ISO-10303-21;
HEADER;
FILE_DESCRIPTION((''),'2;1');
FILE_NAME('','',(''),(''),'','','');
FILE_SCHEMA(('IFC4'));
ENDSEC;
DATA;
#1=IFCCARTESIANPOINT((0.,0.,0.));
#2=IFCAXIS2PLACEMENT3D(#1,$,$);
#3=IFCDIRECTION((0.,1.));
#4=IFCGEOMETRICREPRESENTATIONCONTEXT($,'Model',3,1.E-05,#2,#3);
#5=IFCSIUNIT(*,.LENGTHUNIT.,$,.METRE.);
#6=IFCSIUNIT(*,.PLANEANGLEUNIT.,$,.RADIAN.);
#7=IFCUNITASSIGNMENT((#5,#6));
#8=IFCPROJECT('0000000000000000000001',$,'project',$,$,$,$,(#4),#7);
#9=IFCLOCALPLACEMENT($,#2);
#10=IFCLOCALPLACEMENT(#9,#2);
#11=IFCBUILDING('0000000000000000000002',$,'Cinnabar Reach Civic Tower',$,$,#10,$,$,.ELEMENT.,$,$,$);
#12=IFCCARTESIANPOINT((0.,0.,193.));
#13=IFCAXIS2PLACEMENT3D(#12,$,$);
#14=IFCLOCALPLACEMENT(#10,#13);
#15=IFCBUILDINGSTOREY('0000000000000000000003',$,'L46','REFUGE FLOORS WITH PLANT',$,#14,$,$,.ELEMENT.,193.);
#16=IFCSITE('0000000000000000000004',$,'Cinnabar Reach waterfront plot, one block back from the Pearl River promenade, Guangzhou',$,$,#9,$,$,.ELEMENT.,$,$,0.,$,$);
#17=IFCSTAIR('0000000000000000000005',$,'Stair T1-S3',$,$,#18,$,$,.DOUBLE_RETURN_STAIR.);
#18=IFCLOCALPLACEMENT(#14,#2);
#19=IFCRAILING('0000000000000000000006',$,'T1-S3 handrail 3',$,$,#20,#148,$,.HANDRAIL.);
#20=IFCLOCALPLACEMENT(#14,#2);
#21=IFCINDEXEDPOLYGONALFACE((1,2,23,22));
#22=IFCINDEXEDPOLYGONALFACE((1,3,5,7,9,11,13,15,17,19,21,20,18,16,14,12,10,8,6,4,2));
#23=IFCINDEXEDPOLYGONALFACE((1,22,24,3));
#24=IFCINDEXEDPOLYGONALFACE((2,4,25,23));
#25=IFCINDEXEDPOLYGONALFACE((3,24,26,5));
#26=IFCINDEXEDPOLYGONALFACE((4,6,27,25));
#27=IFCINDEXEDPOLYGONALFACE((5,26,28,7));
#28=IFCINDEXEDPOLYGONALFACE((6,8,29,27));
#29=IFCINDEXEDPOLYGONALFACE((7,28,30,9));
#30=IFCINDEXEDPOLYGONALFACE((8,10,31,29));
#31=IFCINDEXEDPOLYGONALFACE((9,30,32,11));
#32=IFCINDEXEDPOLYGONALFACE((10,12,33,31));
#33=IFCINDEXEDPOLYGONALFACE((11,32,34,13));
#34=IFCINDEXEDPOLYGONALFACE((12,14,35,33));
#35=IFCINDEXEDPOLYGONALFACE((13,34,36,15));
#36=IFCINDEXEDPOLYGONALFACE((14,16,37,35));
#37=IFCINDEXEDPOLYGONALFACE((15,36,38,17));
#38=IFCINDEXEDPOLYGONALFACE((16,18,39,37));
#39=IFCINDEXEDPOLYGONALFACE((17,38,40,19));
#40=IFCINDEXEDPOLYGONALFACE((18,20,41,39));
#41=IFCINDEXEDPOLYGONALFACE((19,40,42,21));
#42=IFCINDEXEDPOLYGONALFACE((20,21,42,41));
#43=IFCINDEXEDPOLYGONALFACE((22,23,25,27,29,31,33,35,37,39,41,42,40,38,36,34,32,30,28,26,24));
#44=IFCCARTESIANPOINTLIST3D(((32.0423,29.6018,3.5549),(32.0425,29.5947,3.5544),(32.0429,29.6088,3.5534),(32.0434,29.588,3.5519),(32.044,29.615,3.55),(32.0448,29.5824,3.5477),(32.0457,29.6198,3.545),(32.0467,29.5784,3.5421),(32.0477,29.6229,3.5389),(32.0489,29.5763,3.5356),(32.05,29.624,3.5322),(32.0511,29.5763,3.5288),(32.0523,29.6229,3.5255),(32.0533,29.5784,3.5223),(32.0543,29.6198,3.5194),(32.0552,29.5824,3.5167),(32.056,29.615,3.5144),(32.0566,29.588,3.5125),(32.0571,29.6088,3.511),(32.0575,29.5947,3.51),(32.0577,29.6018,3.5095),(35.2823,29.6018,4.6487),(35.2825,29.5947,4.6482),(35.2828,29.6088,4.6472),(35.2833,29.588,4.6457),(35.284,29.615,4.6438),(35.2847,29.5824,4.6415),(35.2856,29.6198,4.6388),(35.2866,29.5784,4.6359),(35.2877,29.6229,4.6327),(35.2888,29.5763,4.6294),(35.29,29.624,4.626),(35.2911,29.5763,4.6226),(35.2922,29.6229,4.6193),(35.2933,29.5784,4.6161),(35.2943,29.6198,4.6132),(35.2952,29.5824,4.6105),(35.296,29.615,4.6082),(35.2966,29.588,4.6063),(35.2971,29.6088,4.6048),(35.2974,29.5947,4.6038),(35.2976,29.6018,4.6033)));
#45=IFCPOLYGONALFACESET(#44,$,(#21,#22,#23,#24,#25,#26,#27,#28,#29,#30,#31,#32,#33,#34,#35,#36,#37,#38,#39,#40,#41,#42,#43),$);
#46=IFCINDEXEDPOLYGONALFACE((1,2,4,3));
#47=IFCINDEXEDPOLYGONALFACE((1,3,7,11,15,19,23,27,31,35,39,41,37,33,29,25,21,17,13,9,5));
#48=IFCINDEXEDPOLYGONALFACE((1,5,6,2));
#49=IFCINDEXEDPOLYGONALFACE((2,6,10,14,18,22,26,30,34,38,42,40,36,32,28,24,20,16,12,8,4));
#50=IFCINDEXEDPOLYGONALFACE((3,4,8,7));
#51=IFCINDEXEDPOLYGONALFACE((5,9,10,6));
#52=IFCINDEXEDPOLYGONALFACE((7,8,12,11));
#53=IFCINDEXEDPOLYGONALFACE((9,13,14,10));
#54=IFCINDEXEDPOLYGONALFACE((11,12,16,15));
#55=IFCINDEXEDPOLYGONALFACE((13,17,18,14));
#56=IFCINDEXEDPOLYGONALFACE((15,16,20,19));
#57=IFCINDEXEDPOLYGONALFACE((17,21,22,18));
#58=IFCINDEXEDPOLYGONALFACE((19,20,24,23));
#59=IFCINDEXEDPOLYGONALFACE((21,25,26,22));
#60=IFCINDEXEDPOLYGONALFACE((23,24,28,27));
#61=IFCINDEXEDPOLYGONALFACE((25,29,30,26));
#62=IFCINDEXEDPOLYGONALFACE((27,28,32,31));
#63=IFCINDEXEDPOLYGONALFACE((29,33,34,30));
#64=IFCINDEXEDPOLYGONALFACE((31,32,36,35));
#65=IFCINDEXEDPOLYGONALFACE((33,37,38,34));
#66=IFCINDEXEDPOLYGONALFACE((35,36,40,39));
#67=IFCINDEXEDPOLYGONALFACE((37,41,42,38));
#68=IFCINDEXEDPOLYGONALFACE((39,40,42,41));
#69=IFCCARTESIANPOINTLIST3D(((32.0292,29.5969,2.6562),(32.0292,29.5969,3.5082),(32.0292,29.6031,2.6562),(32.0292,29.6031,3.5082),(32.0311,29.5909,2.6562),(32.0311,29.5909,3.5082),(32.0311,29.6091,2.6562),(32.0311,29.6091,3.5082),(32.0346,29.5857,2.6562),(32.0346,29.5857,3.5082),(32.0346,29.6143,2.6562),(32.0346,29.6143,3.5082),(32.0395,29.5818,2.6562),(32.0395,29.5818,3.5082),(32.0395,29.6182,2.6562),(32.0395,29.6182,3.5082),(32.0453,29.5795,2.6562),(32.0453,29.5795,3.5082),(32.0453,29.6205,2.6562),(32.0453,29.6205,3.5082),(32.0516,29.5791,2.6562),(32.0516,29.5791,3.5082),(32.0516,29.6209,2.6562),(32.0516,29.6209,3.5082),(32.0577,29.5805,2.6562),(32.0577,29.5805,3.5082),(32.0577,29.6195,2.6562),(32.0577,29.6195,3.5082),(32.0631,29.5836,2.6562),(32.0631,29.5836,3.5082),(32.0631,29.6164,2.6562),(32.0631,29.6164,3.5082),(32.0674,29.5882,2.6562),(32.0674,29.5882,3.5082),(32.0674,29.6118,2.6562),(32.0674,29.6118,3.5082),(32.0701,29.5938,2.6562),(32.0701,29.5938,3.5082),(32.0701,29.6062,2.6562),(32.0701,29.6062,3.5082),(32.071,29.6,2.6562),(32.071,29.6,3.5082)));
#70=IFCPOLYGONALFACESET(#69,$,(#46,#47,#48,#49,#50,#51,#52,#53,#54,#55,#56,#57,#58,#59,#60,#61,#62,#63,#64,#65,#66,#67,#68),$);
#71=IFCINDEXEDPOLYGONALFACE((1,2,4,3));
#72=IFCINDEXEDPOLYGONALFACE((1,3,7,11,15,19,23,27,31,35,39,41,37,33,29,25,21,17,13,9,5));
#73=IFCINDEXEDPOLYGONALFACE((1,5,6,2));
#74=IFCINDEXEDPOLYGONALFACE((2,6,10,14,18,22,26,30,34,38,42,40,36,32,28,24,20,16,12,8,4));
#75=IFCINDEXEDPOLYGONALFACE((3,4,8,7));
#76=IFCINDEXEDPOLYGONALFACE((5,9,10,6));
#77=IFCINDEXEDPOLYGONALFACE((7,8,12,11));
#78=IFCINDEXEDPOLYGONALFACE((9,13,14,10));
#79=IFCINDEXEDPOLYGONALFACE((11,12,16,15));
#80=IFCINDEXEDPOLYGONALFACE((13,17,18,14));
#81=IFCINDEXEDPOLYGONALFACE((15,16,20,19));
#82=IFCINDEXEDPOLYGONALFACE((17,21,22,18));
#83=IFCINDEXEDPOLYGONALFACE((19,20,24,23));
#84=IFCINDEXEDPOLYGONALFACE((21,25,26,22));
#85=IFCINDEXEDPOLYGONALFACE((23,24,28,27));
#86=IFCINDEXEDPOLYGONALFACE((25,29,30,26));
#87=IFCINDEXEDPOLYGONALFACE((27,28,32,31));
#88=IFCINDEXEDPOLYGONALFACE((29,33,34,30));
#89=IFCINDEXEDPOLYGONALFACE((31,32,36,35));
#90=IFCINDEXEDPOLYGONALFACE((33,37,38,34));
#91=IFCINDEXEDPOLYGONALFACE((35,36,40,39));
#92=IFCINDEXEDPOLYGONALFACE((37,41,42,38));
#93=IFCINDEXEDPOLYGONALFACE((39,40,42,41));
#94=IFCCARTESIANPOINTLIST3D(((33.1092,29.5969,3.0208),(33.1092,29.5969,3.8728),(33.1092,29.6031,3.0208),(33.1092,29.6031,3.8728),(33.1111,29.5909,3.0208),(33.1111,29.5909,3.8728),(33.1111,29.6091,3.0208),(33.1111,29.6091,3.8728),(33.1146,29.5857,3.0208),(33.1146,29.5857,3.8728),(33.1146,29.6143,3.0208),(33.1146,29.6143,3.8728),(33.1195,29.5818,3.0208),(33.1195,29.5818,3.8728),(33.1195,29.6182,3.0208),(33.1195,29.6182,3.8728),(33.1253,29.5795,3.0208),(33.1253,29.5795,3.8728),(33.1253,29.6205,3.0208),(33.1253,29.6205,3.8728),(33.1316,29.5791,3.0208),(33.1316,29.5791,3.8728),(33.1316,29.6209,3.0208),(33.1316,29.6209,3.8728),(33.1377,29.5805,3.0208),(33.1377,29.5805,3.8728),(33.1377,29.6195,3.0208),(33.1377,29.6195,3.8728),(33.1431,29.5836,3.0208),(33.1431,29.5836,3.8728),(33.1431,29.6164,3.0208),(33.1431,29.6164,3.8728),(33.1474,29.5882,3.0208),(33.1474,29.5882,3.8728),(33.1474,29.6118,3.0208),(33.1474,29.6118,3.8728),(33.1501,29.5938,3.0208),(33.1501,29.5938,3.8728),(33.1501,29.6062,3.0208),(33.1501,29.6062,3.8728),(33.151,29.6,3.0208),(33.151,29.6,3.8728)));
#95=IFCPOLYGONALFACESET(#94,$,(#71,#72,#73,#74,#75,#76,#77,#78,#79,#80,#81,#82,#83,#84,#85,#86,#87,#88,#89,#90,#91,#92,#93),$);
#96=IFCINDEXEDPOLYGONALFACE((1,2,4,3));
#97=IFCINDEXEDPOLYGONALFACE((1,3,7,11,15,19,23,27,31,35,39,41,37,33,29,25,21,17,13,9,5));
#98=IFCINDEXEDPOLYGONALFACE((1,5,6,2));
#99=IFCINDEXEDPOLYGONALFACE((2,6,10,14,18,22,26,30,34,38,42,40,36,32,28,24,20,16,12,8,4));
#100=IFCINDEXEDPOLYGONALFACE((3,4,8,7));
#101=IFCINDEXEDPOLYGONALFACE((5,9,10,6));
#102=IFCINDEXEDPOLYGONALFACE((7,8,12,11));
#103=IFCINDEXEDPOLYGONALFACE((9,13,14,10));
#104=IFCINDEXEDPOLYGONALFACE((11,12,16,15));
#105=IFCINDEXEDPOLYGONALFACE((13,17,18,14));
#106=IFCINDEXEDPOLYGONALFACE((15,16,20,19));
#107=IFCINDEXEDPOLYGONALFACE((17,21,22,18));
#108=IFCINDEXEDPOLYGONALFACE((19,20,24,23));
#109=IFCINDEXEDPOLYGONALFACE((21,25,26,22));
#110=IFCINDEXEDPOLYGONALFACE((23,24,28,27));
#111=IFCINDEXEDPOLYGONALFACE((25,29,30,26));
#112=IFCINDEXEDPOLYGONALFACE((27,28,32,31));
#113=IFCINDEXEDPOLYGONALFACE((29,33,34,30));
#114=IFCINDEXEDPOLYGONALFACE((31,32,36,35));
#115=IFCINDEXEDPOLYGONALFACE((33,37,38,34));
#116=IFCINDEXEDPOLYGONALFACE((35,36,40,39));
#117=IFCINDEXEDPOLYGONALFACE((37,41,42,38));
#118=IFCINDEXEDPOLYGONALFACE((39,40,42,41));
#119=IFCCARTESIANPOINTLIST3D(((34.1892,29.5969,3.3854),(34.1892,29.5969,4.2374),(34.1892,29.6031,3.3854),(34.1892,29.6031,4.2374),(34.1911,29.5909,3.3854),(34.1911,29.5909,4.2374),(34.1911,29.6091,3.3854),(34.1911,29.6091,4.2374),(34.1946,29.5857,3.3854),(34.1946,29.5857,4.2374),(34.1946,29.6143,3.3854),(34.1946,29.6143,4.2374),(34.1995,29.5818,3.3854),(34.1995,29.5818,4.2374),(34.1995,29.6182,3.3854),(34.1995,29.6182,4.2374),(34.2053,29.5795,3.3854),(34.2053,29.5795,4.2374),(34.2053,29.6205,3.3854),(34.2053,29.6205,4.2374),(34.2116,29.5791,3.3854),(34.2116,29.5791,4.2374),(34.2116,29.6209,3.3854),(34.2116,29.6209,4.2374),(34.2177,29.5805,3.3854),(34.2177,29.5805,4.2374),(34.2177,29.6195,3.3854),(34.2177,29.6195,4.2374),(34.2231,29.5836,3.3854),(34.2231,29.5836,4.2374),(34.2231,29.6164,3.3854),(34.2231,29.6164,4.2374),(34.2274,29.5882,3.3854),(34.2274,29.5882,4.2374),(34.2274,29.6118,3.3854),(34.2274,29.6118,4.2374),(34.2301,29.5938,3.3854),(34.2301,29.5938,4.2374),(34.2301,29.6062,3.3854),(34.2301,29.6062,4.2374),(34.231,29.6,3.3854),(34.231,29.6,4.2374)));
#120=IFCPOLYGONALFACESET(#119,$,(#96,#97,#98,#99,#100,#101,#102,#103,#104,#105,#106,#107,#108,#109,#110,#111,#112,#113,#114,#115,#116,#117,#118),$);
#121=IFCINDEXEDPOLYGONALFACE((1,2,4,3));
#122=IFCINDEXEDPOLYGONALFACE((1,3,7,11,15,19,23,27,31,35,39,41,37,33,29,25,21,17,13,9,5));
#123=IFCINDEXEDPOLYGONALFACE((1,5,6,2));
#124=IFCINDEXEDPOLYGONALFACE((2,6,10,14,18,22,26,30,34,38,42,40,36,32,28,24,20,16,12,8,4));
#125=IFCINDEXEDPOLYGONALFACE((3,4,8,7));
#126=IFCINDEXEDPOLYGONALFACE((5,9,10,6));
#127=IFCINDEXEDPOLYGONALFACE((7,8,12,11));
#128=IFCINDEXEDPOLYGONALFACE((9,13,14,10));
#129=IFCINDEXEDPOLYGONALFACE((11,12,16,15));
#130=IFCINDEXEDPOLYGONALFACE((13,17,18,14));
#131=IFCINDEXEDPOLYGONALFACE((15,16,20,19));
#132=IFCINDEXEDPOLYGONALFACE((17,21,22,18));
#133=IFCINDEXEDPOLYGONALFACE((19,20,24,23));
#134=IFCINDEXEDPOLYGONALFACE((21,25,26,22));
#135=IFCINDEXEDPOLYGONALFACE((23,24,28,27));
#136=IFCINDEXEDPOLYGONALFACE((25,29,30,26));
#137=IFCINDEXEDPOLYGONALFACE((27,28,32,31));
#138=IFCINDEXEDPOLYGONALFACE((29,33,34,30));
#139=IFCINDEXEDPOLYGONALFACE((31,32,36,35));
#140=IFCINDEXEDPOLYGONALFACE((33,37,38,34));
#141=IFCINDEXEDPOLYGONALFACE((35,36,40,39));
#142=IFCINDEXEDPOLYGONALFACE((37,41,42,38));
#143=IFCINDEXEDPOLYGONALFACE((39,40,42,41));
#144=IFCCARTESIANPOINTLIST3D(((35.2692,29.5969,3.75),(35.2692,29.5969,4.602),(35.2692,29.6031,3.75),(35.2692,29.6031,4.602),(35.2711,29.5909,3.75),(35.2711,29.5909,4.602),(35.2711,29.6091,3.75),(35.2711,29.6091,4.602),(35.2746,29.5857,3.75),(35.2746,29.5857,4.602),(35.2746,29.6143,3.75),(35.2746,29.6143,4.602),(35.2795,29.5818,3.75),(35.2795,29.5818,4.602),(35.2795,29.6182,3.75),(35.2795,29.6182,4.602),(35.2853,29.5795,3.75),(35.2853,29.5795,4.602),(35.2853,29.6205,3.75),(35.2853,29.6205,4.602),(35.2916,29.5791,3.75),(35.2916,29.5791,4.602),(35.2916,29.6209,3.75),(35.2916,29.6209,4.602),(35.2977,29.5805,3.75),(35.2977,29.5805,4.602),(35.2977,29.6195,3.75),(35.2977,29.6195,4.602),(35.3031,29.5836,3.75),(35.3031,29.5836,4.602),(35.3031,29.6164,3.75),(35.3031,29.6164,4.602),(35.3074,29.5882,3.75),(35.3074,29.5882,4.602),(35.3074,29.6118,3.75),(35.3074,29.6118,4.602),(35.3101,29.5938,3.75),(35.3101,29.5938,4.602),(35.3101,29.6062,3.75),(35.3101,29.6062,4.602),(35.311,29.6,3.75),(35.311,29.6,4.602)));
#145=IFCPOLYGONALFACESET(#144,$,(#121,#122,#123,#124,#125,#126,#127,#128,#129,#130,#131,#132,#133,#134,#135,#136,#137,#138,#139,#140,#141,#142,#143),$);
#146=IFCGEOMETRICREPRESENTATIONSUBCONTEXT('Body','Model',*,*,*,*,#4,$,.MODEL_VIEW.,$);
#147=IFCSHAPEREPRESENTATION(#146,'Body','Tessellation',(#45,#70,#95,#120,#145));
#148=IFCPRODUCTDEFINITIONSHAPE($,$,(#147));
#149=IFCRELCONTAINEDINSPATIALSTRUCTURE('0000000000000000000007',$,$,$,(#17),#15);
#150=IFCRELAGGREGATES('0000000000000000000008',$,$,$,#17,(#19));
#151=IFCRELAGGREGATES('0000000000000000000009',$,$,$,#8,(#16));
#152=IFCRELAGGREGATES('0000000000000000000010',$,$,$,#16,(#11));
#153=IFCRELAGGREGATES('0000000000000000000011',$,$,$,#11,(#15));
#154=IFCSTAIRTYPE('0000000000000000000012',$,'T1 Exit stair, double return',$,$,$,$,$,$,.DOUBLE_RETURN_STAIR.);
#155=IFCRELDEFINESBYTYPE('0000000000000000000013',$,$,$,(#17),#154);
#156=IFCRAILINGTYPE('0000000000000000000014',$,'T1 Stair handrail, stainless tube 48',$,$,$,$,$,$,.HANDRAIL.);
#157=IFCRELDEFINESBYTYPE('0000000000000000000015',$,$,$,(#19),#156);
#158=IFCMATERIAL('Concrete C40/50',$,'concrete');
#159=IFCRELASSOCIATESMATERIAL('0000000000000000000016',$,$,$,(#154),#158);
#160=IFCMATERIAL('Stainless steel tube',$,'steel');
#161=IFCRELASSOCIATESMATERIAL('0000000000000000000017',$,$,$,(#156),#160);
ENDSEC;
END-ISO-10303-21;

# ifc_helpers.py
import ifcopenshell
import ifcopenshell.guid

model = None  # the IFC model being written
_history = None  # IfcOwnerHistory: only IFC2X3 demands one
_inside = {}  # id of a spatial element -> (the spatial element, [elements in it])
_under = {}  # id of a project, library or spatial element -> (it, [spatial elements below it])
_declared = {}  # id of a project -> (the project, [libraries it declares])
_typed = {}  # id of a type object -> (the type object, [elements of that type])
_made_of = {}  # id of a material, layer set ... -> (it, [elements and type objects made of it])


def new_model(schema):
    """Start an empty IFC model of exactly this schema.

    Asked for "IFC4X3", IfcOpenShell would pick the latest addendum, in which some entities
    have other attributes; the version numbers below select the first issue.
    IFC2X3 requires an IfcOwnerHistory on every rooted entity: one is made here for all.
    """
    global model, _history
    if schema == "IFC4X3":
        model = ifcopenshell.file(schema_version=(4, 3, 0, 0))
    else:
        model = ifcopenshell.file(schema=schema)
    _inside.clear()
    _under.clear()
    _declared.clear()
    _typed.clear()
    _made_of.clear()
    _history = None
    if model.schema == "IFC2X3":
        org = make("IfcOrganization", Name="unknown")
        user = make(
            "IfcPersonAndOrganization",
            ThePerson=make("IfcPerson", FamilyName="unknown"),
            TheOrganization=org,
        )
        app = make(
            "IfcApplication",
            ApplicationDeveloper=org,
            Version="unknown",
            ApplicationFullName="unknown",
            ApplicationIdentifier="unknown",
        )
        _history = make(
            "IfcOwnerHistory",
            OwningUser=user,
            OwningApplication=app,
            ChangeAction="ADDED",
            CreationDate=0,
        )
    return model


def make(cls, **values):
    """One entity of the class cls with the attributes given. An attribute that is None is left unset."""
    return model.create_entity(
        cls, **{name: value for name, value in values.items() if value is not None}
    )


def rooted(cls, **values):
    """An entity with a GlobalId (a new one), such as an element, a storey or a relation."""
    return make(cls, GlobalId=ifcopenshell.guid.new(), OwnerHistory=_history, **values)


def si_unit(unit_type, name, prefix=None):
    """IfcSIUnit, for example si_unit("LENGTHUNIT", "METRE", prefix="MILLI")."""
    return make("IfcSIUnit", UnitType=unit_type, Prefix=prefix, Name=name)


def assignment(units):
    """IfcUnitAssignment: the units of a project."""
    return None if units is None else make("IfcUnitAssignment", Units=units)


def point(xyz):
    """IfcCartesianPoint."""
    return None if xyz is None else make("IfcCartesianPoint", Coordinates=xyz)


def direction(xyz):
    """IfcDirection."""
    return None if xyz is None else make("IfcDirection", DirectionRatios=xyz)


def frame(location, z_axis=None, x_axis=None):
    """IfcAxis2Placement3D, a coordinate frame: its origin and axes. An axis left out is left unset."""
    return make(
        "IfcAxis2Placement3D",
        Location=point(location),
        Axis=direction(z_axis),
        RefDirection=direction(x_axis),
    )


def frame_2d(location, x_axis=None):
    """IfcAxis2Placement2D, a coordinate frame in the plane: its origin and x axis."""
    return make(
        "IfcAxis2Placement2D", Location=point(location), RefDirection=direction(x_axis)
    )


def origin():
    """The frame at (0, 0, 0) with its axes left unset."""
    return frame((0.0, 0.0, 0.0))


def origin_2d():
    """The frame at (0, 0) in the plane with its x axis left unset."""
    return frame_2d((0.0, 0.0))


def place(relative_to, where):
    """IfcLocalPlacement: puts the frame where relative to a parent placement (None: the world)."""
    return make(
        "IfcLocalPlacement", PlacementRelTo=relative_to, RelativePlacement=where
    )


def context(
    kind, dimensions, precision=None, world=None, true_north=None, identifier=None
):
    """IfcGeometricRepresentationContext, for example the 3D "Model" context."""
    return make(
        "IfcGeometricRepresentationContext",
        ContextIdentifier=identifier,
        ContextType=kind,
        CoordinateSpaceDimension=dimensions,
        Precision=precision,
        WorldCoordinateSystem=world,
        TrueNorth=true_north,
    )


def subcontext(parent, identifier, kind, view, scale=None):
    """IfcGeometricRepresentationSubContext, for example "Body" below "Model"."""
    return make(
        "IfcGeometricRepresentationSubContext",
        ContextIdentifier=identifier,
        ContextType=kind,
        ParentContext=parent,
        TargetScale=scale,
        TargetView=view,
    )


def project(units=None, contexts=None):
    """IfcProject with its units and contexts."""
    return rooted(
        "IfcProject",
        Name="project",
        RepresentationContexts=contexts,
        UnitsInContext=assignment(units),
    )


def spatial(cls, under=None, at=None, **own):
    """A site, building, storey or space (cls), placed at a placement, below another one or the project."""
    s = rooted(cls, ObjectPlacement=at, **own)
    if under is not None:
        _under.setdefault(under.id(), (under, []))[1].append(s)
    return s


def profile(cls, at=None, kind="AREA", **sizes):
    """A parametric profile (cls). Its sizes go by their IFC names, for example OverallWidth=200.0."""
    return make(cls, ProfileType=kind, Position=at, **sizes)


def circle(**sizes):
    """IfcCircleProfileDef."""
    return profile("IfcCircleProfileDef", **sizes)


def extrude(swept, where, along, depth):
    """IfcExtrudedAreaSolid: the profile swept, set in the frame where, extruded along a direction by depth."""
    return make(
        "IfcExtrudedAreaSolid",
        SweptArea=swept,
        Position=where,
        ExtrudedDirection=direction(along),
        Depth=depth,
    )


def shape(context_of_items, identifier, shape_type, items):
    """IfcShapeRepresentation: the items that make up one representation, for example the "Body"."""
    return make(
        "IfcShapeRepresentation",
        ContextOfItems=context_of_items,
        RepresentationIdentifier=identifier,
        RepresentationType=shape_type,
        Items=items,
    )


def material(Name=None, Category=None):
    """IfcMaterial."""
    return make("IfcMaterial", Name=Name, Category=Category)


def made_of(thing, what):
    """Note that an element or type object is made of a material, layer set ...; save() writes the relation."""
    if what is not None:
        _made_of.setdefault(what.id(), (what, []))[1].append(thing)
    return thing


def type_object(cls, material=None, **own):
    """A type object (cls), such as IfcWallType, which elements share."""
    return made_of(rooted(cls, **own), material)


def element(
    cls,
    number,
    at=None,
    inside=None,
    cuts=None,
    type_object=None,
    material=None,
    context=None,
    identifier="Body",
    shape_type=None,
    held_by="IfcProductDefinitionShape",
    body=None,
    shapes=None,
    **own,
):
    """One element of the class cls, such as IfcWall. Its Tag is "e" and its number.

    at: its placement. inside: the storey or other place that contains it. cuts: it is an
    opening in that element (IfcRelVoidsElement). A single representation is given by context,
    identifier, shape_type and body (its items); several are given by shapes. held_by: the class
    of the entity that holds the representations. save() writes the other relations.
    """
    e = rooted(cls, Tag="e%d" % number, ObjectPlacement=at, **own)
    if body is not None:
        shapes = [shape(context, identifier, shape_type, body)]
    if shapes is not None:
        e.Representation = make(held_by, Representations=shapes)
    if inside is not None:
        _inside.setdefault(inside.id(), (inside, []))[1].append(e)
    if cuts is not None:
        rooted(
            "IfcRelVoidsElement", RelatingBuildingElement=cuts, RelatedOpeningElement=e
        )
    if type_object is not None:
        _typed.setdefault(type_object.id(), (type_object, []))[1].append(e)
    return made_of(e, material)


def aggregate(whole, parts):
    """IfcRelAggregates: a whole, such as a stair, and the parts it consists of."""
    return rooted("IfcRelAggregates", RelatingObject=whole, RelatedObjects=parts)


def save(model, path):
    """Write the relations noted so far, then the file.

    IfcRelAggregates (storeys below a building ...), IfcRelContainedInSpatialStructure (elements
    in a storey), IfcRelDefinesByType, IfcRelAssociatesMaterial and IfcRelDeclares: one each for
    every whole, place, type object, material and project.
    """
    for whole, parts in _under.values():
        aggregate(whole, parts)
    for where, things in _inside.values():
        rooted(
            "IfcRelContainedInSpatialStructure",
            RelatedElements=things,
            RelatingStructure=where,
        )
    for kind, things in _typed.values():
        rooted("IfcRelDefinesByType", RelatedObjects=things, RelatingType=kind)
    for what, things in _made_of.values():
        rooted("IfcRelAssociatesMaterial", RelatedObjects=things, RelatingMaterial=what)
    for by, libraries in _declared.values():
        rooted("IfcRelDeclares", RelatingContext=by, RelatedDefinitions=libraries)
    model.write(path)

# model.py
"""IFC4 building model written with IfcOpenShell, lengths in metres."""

from ifc_helpers import new_model, si_unit, direction, frame, origin, origin_2d, place, context, subcontext, project, spatial, circle, extrude, material, type_object, element, aggregate, save


model = new_model("IFC4")

# Units and contexts
model_context = context("Model", 3, precision=1e-05, world=origin(), true_north=direction((0.0, 1.0)))
body_context = subcontext(model_context, "Body", "Model", "MODEL_VIEW")
ifc_project = project(units=[si_unit("LENGTHUNIT", "METRE"), si_unit("PLANEANGLEUNIT", "RADIAN")], contexts=[model_context])

# Site, building, storey
site_placement = place(None, origin())
site = spatial("IfcSite", under=ifc_project, at=site_placement, Name="Cinnabar Reach waterfront plot, one block back from the Pearl River promenade, Guangzhou", CompositionType="ELEMENT", RefElevation=0.0)
building_placement = place(site_placement, origin())
building = spatial("IfcBuilding", under=site, at=building_placement, Name="Cinnabar Reach Civic Tower", CompositionType="ELEMENT")
storey_placement = place(building_placement, frame((0.0, 0.0, 193.0)))
storey = spatial("IfcBuildingStorey", under=building, at=storey_placement, Name="L46", Description="REFUGE FLOORS WITH PLANT", CompositionType="ELEMENT", Elevation=193.0)

# Stair, railing
ifc_material_1 = material(Name="Concrete C40/50", Category="concrete")
stair_type = type_object("IfcStairType", Name="T1 Exit stair, double return", PredefinedType="DOUBLE_RETURN_STAIR", material=ifc_material_1)
stair_placement = place(storey_placement, origin())
stair = element("IfcStair", 1, at=stair_placement, inside=storey, type_object=stair_type, Name="Stair T1-S3", PredefinedType="DOUBLE_RETURN_STAIR")
ifc_material_2 = material(Name="Stainless steel tube", Category="steel")
railing_type = type_object("IfcRailingType", Name="T1 Stair handrail, stainless tube 48", PredefinedType="HANDRAIL", material=ifc_material_2)
railing_1_placement = place(storey_placement, frame((32.05, 29.6, 2.6562)))
railing_1 = element("IfcRailing", 2, at=railing_1_placement, type_object=railing_type, Name="T1-S3 handrail 3", PredefinedType="HANDRAIL", context=body_context, shape_type="SweptSolid", body=[
    extrude(circle(Radius=0.024, at=origin_2d()), frame((0.0, 0.0, 0.876), z_axis=(0.947466, 0.0, 0.319857), x_axis=(0.0, 1.0, 0.0)), (0.0, 0.0, 1.0), 3.4196),
    extrude(circle(Radius=0.021, at=origin_2d()), origin(), (0.0, 0.0, 1.0), 0.852),
    extrude(circle(Radius=0.021, at=origin_2d()), frame((1.08, 0.0, 0.3646)), (0.0, 0.0, 1.0), 0.852),
    extrude(circle(Radius=0.021, at=origin_2d()), frame((2.16, 0.0, 0.7292)), (0.0, 0.0, 1.0), 0.852),
    extrude(circle(Radius=0.021, at=origin_2d()), frame((3.24, 0.0, 1.0938)), (0.0, 0.0, 1.0), 0.852),
])
aggregate(stair, [railing_1])

save(model, "model.ifc")
